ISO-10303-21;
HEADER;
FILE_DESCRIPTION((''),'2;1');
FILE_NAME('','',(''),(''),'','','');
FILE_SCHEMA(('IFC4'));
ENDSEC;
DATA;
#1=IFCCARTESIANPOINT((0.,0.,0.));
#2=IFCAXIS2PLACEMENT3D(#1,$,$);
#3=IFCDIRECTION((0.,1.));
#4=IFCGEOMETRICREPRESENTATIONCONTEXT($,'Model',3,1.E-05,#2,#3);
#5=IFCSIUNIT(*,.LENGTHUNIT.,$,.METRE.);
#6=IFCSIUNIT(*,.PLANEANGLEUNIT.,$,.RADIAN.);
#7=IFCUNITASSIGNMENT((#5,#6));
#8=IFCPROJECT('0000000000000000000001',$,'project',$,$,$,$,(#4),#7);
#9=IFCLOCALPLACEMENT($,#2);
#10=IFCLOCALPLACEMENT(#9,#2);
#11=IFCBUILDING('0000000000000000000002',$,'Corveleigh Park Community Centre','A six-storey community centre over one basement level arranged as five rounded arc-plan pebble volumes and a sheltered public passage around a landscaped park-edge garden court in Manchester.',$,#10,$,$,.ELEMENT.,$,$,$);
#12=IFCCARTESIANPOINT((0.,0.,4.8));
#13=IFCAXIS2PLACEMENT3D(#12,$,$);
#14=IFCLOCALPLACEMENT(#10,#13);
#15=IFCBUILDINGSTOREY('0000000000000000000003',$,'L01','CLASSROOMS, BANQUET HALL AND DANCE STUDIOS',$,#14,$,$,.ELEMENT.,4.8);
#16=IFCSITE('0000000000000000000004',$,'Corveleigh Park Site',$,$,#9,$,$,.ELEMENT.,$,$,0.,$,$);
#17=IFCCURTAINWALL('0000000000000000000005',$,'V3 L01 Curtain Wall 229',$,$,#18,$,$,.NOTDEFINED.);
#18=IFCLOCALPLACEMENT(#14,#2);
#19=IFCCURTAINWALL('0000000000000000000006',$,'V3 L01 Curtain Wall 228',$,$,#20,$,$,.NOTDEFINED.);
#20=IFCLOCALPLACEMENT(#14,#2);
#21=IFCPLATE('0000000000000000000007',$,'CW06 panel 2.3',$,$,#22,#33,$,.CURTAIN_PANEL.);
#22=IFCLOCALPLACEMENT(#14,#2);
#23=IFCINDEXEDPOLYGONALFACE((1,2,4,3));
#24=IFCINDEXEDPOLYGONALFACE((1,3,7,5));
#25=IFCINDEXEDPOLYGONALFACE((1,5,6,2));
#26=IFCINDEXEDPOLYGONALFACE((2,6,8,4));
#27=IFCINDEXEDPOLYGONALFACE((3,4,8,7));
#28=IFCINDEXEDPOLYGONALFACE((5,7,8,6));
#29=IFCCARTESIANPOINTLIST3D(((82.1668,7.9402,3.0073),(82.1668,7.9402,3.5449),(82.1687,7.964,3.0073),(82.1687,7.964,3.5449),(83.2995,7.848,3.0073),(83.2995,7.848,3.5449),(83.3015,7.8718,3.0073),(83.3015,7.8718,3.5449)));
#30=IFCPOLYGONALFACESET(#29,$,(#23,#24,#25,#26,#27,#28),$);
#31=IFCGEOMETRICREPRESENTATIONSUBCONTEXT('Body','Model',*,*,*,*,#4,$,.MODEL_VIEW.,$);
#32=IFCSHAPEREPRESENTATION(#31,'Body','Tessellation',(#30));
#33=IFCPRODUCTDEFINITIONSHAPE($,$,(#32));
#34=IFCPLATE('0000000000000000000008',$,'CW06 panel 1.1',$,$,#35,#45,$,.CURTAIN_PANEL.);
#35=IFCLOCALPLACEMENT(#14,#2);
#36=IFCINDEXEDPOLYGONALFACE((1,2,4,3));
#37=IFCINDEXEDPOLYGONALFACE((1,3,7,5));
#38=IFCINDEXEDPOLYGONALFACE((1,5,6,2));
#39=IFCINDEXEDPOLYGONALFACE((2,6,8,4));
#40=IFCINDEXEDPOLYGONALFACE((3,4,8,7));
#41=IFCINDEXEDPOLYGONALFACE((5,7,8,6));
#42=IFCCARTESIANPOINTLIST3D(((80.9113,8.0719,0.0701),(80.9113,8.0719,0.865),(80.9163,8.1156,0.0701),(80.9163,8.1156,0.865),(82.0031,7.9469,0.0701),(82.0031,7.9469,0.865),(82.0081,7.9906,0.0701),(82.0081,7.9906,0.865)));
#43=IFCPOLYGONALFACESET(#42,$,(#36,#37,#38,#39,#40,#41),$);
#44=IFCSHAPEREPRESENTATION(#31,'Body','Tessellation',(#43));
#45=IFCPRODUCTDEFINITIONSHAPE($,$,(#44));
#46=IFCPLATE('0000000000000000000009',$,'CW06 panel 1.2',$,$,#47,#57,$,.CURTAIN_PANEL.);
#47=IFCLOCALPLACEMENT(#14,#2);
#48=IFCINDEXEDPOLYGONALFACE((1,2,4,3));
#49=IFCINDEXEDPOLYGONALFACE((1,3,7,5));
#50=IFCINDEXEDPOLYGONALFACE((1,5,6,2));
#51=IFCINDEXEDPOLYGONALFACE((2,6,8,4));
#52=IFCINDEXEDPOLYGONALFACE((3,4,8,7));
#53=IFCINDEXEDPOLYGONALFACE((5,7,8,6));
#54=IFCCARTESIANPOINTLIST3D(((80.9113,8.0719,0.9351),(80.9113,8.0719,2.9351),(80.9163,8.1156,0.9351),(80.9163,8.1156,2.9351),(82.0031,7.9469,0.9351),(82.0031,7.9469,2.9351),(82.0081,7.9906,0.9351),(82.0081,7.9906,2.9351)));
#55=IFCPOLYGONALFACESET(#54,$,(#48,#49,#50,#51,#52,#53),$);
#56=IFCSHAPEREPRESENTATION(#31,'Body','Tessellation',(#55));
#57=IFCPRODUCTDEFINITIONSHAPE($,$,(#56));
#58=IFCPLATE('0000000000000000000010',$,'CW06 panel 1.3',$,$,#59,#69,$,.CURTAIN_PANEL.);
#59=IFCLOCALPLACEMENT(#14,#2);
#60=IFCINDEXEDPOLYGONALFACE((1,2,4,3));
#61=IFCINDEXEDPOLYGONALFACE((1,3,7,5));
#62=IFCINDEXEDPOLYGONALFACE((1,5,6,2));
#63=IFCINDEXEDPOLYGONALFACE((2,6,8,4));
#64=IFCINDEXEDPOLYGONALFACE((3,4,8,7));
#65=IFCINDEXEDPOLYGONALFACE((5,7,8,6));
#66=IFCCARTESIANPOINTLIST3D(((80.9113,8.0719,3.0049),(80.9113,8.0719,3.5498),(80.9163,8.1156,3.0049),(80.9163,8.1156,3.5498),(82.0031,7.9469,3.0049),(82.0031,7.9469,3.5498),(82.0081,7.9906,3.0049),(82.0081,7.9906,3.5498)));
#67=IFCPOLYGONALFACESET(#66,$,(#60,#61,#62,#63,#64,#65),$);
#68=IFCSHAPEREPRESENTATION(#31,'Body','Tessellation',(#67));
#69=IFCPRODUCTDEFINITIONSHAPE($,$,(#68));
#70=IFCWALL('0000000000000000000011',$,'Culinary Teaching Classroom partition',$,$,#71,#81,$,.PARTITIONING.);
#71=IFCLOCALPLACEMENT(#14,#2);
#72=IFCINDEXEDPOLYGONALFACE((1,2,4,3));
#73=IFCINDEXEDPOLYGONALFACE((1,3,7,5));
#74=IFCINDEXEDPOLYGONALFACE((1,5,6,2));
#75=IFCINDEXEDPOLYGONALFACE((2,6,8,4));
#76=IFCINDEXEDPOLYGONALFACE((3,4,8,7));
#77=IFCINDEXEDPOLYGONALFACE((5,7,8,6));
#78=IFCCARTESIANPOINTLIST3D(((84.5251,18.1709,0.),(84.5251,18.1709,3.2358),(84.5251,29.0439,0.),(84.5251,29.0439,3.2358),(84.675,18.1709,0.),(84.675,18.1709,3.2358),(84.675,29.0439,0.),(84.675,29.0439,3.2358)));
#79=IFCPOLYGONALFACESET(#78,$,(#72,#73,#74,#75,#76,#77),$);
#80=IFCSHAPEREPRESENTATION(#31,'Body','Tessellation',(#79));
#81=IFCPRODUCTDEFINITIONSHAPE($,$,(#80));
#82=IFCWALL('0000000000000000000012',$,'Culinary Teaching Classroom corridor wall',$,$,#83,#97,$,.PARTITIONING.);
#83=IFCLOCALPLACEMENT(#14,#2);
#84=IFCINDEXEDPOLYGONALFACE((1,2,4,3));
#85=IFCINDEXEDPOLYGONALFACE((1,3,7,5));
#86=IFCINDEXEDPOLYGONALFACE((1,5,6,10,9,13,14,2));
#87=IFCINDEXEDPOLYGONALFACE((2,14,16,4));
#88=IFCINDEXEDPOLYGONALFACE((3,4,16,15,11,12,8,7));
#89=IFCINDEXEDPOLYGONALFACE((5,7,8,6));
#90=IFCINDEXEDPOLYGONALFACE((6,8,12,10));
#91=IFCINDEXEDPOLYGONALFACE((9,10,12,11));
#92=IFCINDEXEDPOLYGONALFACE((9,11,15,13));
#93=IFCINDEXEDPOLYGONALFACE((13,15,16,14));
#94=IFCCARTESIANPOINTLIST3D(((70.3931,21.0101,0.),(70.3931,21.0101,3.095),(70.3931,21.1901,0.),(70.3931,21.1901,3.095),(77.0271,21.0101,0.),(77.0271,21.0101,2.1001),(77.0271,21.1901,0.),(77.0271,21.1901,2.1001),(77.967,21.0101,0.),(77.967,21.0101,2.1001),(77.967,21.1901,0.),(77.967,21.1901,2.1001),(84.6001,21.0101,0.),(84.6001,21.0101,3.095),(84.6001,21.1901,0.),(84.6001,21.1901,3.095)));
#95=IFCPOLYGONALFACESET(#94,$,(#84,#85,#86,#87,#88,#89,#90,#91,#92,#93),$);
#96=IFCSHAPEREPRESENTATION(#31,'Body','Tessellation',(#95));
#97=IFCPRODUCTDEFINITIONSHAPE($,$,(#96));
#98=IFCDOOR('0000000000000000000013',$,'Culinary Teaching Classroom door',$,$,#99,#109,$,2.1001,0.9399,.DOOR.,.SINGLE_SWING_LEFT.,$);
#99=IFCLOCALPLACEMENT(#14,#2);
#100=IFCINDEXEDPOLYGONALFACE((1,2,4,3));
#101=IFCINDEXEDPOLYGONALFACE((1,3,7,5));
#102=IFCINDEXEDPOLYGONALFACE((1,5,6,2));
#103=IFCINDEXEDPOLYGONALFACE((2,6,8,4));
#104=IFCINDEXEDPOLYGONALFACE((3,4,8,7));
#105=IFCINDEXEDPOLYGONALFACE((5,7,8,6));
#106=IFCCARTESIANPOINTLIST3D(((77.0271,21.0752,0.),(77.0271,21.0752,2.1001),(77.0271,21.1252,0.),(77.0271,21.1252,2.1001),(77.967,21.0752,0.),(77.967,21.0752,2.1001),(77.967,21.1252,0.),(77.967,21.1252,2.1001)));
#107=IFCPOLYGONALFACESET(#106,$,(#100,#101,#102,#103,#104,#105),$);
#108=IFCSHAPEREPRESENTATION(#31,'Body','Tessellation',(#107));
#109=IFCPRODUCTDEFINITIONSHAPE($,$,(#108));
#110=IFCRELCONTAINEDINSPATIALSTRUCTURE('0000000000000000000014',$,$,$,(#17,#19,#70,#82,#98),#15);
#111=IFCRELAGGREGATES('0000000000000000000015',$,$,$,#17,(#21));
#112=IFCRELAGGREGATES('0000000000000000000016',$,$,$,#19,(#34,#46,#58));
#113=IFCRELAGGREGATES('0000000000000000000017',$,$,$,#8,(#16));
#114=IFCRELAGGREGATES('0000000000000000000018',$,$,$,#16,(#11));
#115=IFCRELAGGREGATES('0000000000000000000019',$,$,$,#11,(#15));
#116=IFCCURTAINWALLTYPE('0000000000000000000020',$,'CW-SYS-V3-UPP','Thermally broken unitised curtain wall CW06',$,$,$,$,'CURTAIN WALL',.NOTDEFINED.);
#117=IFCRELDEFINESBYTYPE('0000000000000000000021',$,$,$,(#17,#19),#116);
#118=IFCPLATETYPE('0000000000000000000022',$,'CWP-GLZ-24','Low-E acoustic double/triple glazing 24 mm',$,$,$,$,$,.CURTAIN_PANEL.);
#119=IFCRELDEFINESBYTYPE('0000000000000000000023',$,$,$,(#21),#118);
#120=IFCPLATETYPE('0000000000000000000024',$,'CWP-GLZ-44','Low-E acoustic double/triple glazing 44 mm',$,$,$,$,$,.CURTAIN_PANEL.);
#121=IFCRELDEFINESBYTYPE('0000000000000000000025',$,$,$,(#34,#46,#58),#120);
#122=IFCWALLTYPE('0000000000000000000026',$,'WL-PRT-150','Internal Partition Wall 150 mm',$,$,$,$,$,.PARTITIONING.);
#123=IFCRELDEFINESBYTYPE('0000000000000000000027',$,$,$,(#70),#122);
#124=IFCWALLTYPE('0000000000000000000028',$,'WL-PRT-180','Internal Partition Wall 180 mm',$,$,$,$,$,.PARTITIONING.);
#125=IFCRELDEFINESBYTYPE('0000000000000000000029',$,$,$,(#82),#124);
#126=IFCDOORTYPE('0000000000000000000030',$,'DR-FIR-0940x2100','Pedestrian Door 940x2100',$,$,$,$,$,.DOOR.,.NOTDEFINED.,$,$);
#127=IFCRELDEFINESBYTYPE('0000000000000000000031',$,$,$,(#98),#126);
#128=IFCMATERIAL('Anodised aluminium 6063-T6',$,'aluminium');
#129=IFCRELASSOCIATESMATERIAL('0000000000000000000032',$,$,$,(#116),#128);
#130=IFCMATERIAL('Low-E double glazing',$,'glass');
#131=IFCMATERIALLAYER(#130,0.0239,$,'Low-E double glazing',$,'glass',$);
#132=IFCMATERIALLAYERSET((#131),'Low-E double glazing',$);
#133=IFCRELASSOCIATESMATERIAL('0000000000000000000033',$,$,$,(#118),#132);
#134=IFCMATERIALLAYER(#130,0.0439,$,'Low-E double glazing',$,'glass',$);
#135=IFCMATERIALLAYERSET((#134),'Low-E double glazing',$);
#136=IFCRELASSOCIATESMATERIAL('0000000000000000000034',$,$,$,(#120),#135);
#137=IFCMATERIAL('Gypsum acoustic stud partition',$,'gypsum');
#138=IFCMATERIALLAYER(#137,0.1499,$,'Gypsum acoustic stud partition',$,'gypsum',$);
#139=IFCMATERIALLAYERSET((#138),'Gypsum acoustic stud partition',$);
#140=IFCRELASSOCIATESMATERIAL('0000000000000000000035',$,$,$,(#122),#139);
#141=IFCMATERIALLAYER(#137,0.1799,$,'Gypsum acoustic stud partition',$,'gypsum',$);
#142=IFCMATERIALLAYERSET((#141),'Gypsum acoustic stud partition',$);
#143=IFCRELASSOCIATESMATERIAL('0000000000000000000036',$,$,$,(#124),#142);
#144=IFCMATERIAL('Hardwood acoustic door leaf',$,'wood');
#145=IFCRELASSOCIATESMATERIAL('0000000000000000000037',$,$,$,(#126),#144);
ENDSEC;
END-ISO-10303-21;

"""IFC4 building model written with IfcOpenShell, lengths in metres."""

from ifc_helpers import new_model, si_unit, direction, frame, frame_2d, origin, origin_2d, place, context, subcontext, project, spatial, rectangle, extrude, material, layer, layer_set, type_object, element, fill, aggregate, save


model = new_model("IFC4")

# Units and contexts
model_context = context("Model", 3, precision=1e-05, world=origin(), true_north=direction((0.0, 1.0)))
body_context = subcontext(model_context, "Body", "Model", "MODEL_VIEW")
ifc_project = project(units=[si_unit("LENGTHUNIT", "METRE"), si_unit("PLANEANGLEUNIT", "RADIAN")], contexts=[model_context])

# Site, building, storey
site_placement = place(None, origin())
site = spatial("IfcSite", under=ifc_project, at=site_placement, Name="Corveleigh Park Site", CompositionType="ELEMENT", RefElevation=0.0)
building_placement = place(site_placement, origin())
building = spatial("IfcBuilding", under=site, at=building_placement, Name="Corveleigh Park Community Centre", Description="A six-storey community centre over one basement level arranged as five rounded arc-plan pebble volumes and a sheltered public passage around a landscaped park-edge garden court in Manchester.", CompositionType="ELEMENT")
storey_placement = place(building_placement, frame((0.0, 0.0, 4.8)))
storey = spatial("IfcBuildingStorey", under=building, at=storey_placement, Name="L01", Description="CLASSROOMS, BANQUET HALL AND DANCE STUDIOS", CompositionType="ELEMENT", Elevation=4.8)

# Curtain wall
ifc_material_1 = material(Name="Anodised aluminium 6063-T6", Category="aluminium")
curtain_wall_type = type_object("IfcCurtainWallType", Name="CW-SYS-V3-UPP", Description="Thermally broken unitised curtain wall CW06", ElementType="CURTAIN WALL", PredefinedType="NOTDEFINED", material=ifc_material_1)
curtain_wall_1_placement = place(storey_placement, origin())
curtain_wall_1 = element("IfcCurtainWall", 1, at=curtain_wall_1_placement, inside=storey, type_object=curtain_wall_type, Name="V3 L01 Curtain Wall 229", PredefinedType="NOTDEFINED")

# Curtain wall
curtain_wall_2_placement = place(storey_placement, origin())
curtain_wall_2 = element("IfcCurtainWall", 2, at=curtain_wall_2_placement, inside=storey, type_object=curtain_wall_type, Name="V3 L01 Curtain Wall 228", PredefinedType="NOTDEFINED")

# Plates
ifc_material_2 = material(Name="Low-E double glazing", Category="glass")
ifc_layer_1 = layer(ifc_material_2, 0.0239, Name="Low-E double glazing", Category="glass")
ifc_layer_set_1 = layer_set([ifc_layer_1], Name="Low-E double glazing")
plate_type_1 = type_object("IfcPlateType", Name="CWP-GLZ-24", Description="Low-E acoustic double/triple glazing 24 mm", PredefinedType="CURTAIN_PANEL", material=ifc_layer_set_1)
plate_1_placement = place(storey_placement, frame((82.7341, 7.906, 3.0073), z_axis=(0.0, 0.0, 1.0), x_axis=(-0.996704, 0.081122, 0.0)))
plate_1 = element("IfcPlate", 3, at=plate_1_placement, type_object=plate_type_1, Name="CW06 panel 2.3", PredefinedType="CURTAIN_PANEL", context=body_context, shape_type="SweptSolid", body=[
    extrude(rectangle(XDim=1.1365, YDim=0.0239, at=origin_2d()), origin(), (0.0, 0.0, 1.0), 0.5376),
])
aggregate(curtain_wall_1, [plate_1])
ifc_layer_2 = layer(ifc_material_2, 0.0439, Name="Low-E double glazing", Category="glass")
ifc_layer_set_2 = layer_set([ifc_layer_2], Name="Low-E double glazing")
plate_type_2 = type_object("IfcPlateType", Name="CWP-GLZ-44", Description="Low-E acoustic double/triple glazing 44 mm", PredefinedType="CURTAIN_PANEL", material=ifc_layer_set_2)
plate_2_placement = place(storey_placement, frame((81.4597, 8.0312, 0.0701), z_axis=(0.0, 0.0, 1.0), x_axis=(-0.99351, 0.113742, 0.0)))
plate_2 = element("IfcPlate", 4, at=plate_2_placement, type_object=plate_type_2, Name="CW06 panel 1.1", PredefinedType="CURTAIN_PANEL", context=body_context, shape_type="SweptSolid", body=[
    extrude(rectangle(XDim=1.0989, YDim=0.0439, at=origin_2d()), origin(), (0.0, 0.0, 1.0), 0.7949),
])
plate_3_placement = place(storey_placement, frame((81.4597, 8.0312, 0.9351), z_axis=(0.0, 0.0, 1.0), x_axis=(-0.99351, 0.113742, 0.0)))
plate_3 = element("IfcPlate", 5, at=plate_3_placement, type_object=plate_type_2, Name="CW06 panel 1.2", PredefinedType="CURTAIN_PANEL", context=body_context, shape_type="SweptSolid", body=[
    extrude(rectangle(XDim=1.0989, YDim=0.0439, at=origin_2d()), origin(), (0.0, 0.0, 1.0), 2.0),
])
plate_4_placement = place(storey_placement, frame((81.4597, 8.0312, 3.0049), z_axis=(0.0, 0.0, 1.0), x_axis=(-0.99351, 0.113742, 0.0)))
plate_4 = element("IfcPlate", 6, at=plate_4_placement, type_object=plate_type_2, Name="CW06 panel 1.3", PredefinedType="CURTAIN_PANEL", context=body_context, shape_type="SweptSolid", body=[
    extrude(rectangle(XDim=1.0989, YDim=0.0439, at=origin_2d()), origin(), (0.0, 0.0, 1.0), 0.5449),
])
aggregate(curtain_wall_2, [plate_2, plate_3, plate_4])

# Wall
ifc_material_3 = material(Name="Gypsum acoustic stud partition", Category="gypsum")
ifc_layer_3 = layer(ifc_material_3, 0.1499, Name="Gypsum acoustic stud partition", Category="gypsum")
ifc_layer_set_3 = layer_set([ifc_layer_3], Name="Gypsum acoustic stud partition")
wall_type_1 = type_object("IfcWallType", Name="WL-PRT-150", Description="Internal Partition Wall 150 mm", PredefinedType="PARTITIONING", material=ifc_layer_set_3)
wall_1_placement = place(storey_placement, frame((84.6001, 18.1709, 0.0), z_axis=(0.0, 0.0, 1.0), x_axis=(0.0, 1.0, 0.0)))
element("IfcWall", 7, at=wall_1_placement, inside=storey, type_object=wall_type_1, Name="Culinary Teaching Classroom partition", PredefinedType="PARTITIONING", context=body_context, shape_type="SweptSolid", body=[
    extrude(rectangle(XDim=10.873, YDim=0.1499, at=frame_2d((5.4365, 0.0))), origin(), (0.0, 0.0, 1.0), 3.2358),
])

# Wall, opening, door
ifc_layer_4 = layer(ifc_material_3, 0.1799, Name="Gypsum acoustic stud partition", Category="gypsum")
ifc_layer_set_4 = layer_set([ifc_layer_4], Name="Gypsum acoustic stud partition")
wall_type_2 = type_object("IfcWallType", Name="WL-PRT-180", Description="Internal Partition Wall 180 mm", PredefinedType="PARTITIONING", material=ifc_layer_set_4)
wall_2_placement = place(storey_placement, frame((84.6001, 21.1001, 0.0), z_axis=(0.0, 0.0, 1.0), x_axis=(-1.0, 0.0, 0.0)))
wall_2 = element("IfcWall", 8, at=wall_2_placement, inside=storey, type_object=wall_type_2, Name="Culinary Teaching Classroom corridor wall", PredefinedType="PARTITIONING", context=body_context, shape_type="SweptSolid", body=[
    extrude(rectangle(XDim=14.207, YDim=0.1799, at=frame_2d((7.1035, 0.0))), origin(), (0.0, 0.0, 1.0), 3.095),
])
opening_placement = place(wall_2_placement, frame((6.6331, 0.0, 0.0)))
opening = element("IfcOpeningElement", 9, at=opening_placement, cuts=wall_2, PredefinedType="OPENING", context=body_context, shape_type="SweptSolid", body=[
    extrude(rectangle(XDim=0.9399, YDim=2.1001, at=frame_2d((0.47, 1.05))), frame((0.0, 0.0999, 0.0), z_axis=(0.0, -1.0, 0.0), x_axis=(1.0, 0.0, 0.0)), (0.0, 0.0, 1.0), 0.2),
])
ifc_material_4 = material(Name="Hardwood acoustic door leaf", Category="wood")
door_type = type_object("IfcDoorType", Name="DR-FIR-0940x2100", Description="Pedestrian Door 940x2100", OperationType="NOTDEFINED", PredefinedType="DOOR", material=ifc_material_4)
door_placement = place(opening_placement, origin())
door = element("IfcDoor", 10, at=door_placement, inside=storey, type_object=door_type, Name="Culinary Teaching Classroom door", OperationType="SINGLE_SWING_LEFT", OverallHeight=2.1001, OverallWidth=0.9399, PredefinedType="DOOR", context=body_context, shape_type="SweptSolid", body=[
    extrude(rectangle(XDim=0.9399, YDim=2.1001, at=frame_2d((0.47, 1.05))), frame((0.0, 0.0249, 0.0), z_axis=(0.0, -1.0, 0.0), x_axis=(1.0, 0.0, 0.0)), (0.0, 0.0, 1.0), 0.05),
])
fill(opening, door)

save(model, "model.ifc")
